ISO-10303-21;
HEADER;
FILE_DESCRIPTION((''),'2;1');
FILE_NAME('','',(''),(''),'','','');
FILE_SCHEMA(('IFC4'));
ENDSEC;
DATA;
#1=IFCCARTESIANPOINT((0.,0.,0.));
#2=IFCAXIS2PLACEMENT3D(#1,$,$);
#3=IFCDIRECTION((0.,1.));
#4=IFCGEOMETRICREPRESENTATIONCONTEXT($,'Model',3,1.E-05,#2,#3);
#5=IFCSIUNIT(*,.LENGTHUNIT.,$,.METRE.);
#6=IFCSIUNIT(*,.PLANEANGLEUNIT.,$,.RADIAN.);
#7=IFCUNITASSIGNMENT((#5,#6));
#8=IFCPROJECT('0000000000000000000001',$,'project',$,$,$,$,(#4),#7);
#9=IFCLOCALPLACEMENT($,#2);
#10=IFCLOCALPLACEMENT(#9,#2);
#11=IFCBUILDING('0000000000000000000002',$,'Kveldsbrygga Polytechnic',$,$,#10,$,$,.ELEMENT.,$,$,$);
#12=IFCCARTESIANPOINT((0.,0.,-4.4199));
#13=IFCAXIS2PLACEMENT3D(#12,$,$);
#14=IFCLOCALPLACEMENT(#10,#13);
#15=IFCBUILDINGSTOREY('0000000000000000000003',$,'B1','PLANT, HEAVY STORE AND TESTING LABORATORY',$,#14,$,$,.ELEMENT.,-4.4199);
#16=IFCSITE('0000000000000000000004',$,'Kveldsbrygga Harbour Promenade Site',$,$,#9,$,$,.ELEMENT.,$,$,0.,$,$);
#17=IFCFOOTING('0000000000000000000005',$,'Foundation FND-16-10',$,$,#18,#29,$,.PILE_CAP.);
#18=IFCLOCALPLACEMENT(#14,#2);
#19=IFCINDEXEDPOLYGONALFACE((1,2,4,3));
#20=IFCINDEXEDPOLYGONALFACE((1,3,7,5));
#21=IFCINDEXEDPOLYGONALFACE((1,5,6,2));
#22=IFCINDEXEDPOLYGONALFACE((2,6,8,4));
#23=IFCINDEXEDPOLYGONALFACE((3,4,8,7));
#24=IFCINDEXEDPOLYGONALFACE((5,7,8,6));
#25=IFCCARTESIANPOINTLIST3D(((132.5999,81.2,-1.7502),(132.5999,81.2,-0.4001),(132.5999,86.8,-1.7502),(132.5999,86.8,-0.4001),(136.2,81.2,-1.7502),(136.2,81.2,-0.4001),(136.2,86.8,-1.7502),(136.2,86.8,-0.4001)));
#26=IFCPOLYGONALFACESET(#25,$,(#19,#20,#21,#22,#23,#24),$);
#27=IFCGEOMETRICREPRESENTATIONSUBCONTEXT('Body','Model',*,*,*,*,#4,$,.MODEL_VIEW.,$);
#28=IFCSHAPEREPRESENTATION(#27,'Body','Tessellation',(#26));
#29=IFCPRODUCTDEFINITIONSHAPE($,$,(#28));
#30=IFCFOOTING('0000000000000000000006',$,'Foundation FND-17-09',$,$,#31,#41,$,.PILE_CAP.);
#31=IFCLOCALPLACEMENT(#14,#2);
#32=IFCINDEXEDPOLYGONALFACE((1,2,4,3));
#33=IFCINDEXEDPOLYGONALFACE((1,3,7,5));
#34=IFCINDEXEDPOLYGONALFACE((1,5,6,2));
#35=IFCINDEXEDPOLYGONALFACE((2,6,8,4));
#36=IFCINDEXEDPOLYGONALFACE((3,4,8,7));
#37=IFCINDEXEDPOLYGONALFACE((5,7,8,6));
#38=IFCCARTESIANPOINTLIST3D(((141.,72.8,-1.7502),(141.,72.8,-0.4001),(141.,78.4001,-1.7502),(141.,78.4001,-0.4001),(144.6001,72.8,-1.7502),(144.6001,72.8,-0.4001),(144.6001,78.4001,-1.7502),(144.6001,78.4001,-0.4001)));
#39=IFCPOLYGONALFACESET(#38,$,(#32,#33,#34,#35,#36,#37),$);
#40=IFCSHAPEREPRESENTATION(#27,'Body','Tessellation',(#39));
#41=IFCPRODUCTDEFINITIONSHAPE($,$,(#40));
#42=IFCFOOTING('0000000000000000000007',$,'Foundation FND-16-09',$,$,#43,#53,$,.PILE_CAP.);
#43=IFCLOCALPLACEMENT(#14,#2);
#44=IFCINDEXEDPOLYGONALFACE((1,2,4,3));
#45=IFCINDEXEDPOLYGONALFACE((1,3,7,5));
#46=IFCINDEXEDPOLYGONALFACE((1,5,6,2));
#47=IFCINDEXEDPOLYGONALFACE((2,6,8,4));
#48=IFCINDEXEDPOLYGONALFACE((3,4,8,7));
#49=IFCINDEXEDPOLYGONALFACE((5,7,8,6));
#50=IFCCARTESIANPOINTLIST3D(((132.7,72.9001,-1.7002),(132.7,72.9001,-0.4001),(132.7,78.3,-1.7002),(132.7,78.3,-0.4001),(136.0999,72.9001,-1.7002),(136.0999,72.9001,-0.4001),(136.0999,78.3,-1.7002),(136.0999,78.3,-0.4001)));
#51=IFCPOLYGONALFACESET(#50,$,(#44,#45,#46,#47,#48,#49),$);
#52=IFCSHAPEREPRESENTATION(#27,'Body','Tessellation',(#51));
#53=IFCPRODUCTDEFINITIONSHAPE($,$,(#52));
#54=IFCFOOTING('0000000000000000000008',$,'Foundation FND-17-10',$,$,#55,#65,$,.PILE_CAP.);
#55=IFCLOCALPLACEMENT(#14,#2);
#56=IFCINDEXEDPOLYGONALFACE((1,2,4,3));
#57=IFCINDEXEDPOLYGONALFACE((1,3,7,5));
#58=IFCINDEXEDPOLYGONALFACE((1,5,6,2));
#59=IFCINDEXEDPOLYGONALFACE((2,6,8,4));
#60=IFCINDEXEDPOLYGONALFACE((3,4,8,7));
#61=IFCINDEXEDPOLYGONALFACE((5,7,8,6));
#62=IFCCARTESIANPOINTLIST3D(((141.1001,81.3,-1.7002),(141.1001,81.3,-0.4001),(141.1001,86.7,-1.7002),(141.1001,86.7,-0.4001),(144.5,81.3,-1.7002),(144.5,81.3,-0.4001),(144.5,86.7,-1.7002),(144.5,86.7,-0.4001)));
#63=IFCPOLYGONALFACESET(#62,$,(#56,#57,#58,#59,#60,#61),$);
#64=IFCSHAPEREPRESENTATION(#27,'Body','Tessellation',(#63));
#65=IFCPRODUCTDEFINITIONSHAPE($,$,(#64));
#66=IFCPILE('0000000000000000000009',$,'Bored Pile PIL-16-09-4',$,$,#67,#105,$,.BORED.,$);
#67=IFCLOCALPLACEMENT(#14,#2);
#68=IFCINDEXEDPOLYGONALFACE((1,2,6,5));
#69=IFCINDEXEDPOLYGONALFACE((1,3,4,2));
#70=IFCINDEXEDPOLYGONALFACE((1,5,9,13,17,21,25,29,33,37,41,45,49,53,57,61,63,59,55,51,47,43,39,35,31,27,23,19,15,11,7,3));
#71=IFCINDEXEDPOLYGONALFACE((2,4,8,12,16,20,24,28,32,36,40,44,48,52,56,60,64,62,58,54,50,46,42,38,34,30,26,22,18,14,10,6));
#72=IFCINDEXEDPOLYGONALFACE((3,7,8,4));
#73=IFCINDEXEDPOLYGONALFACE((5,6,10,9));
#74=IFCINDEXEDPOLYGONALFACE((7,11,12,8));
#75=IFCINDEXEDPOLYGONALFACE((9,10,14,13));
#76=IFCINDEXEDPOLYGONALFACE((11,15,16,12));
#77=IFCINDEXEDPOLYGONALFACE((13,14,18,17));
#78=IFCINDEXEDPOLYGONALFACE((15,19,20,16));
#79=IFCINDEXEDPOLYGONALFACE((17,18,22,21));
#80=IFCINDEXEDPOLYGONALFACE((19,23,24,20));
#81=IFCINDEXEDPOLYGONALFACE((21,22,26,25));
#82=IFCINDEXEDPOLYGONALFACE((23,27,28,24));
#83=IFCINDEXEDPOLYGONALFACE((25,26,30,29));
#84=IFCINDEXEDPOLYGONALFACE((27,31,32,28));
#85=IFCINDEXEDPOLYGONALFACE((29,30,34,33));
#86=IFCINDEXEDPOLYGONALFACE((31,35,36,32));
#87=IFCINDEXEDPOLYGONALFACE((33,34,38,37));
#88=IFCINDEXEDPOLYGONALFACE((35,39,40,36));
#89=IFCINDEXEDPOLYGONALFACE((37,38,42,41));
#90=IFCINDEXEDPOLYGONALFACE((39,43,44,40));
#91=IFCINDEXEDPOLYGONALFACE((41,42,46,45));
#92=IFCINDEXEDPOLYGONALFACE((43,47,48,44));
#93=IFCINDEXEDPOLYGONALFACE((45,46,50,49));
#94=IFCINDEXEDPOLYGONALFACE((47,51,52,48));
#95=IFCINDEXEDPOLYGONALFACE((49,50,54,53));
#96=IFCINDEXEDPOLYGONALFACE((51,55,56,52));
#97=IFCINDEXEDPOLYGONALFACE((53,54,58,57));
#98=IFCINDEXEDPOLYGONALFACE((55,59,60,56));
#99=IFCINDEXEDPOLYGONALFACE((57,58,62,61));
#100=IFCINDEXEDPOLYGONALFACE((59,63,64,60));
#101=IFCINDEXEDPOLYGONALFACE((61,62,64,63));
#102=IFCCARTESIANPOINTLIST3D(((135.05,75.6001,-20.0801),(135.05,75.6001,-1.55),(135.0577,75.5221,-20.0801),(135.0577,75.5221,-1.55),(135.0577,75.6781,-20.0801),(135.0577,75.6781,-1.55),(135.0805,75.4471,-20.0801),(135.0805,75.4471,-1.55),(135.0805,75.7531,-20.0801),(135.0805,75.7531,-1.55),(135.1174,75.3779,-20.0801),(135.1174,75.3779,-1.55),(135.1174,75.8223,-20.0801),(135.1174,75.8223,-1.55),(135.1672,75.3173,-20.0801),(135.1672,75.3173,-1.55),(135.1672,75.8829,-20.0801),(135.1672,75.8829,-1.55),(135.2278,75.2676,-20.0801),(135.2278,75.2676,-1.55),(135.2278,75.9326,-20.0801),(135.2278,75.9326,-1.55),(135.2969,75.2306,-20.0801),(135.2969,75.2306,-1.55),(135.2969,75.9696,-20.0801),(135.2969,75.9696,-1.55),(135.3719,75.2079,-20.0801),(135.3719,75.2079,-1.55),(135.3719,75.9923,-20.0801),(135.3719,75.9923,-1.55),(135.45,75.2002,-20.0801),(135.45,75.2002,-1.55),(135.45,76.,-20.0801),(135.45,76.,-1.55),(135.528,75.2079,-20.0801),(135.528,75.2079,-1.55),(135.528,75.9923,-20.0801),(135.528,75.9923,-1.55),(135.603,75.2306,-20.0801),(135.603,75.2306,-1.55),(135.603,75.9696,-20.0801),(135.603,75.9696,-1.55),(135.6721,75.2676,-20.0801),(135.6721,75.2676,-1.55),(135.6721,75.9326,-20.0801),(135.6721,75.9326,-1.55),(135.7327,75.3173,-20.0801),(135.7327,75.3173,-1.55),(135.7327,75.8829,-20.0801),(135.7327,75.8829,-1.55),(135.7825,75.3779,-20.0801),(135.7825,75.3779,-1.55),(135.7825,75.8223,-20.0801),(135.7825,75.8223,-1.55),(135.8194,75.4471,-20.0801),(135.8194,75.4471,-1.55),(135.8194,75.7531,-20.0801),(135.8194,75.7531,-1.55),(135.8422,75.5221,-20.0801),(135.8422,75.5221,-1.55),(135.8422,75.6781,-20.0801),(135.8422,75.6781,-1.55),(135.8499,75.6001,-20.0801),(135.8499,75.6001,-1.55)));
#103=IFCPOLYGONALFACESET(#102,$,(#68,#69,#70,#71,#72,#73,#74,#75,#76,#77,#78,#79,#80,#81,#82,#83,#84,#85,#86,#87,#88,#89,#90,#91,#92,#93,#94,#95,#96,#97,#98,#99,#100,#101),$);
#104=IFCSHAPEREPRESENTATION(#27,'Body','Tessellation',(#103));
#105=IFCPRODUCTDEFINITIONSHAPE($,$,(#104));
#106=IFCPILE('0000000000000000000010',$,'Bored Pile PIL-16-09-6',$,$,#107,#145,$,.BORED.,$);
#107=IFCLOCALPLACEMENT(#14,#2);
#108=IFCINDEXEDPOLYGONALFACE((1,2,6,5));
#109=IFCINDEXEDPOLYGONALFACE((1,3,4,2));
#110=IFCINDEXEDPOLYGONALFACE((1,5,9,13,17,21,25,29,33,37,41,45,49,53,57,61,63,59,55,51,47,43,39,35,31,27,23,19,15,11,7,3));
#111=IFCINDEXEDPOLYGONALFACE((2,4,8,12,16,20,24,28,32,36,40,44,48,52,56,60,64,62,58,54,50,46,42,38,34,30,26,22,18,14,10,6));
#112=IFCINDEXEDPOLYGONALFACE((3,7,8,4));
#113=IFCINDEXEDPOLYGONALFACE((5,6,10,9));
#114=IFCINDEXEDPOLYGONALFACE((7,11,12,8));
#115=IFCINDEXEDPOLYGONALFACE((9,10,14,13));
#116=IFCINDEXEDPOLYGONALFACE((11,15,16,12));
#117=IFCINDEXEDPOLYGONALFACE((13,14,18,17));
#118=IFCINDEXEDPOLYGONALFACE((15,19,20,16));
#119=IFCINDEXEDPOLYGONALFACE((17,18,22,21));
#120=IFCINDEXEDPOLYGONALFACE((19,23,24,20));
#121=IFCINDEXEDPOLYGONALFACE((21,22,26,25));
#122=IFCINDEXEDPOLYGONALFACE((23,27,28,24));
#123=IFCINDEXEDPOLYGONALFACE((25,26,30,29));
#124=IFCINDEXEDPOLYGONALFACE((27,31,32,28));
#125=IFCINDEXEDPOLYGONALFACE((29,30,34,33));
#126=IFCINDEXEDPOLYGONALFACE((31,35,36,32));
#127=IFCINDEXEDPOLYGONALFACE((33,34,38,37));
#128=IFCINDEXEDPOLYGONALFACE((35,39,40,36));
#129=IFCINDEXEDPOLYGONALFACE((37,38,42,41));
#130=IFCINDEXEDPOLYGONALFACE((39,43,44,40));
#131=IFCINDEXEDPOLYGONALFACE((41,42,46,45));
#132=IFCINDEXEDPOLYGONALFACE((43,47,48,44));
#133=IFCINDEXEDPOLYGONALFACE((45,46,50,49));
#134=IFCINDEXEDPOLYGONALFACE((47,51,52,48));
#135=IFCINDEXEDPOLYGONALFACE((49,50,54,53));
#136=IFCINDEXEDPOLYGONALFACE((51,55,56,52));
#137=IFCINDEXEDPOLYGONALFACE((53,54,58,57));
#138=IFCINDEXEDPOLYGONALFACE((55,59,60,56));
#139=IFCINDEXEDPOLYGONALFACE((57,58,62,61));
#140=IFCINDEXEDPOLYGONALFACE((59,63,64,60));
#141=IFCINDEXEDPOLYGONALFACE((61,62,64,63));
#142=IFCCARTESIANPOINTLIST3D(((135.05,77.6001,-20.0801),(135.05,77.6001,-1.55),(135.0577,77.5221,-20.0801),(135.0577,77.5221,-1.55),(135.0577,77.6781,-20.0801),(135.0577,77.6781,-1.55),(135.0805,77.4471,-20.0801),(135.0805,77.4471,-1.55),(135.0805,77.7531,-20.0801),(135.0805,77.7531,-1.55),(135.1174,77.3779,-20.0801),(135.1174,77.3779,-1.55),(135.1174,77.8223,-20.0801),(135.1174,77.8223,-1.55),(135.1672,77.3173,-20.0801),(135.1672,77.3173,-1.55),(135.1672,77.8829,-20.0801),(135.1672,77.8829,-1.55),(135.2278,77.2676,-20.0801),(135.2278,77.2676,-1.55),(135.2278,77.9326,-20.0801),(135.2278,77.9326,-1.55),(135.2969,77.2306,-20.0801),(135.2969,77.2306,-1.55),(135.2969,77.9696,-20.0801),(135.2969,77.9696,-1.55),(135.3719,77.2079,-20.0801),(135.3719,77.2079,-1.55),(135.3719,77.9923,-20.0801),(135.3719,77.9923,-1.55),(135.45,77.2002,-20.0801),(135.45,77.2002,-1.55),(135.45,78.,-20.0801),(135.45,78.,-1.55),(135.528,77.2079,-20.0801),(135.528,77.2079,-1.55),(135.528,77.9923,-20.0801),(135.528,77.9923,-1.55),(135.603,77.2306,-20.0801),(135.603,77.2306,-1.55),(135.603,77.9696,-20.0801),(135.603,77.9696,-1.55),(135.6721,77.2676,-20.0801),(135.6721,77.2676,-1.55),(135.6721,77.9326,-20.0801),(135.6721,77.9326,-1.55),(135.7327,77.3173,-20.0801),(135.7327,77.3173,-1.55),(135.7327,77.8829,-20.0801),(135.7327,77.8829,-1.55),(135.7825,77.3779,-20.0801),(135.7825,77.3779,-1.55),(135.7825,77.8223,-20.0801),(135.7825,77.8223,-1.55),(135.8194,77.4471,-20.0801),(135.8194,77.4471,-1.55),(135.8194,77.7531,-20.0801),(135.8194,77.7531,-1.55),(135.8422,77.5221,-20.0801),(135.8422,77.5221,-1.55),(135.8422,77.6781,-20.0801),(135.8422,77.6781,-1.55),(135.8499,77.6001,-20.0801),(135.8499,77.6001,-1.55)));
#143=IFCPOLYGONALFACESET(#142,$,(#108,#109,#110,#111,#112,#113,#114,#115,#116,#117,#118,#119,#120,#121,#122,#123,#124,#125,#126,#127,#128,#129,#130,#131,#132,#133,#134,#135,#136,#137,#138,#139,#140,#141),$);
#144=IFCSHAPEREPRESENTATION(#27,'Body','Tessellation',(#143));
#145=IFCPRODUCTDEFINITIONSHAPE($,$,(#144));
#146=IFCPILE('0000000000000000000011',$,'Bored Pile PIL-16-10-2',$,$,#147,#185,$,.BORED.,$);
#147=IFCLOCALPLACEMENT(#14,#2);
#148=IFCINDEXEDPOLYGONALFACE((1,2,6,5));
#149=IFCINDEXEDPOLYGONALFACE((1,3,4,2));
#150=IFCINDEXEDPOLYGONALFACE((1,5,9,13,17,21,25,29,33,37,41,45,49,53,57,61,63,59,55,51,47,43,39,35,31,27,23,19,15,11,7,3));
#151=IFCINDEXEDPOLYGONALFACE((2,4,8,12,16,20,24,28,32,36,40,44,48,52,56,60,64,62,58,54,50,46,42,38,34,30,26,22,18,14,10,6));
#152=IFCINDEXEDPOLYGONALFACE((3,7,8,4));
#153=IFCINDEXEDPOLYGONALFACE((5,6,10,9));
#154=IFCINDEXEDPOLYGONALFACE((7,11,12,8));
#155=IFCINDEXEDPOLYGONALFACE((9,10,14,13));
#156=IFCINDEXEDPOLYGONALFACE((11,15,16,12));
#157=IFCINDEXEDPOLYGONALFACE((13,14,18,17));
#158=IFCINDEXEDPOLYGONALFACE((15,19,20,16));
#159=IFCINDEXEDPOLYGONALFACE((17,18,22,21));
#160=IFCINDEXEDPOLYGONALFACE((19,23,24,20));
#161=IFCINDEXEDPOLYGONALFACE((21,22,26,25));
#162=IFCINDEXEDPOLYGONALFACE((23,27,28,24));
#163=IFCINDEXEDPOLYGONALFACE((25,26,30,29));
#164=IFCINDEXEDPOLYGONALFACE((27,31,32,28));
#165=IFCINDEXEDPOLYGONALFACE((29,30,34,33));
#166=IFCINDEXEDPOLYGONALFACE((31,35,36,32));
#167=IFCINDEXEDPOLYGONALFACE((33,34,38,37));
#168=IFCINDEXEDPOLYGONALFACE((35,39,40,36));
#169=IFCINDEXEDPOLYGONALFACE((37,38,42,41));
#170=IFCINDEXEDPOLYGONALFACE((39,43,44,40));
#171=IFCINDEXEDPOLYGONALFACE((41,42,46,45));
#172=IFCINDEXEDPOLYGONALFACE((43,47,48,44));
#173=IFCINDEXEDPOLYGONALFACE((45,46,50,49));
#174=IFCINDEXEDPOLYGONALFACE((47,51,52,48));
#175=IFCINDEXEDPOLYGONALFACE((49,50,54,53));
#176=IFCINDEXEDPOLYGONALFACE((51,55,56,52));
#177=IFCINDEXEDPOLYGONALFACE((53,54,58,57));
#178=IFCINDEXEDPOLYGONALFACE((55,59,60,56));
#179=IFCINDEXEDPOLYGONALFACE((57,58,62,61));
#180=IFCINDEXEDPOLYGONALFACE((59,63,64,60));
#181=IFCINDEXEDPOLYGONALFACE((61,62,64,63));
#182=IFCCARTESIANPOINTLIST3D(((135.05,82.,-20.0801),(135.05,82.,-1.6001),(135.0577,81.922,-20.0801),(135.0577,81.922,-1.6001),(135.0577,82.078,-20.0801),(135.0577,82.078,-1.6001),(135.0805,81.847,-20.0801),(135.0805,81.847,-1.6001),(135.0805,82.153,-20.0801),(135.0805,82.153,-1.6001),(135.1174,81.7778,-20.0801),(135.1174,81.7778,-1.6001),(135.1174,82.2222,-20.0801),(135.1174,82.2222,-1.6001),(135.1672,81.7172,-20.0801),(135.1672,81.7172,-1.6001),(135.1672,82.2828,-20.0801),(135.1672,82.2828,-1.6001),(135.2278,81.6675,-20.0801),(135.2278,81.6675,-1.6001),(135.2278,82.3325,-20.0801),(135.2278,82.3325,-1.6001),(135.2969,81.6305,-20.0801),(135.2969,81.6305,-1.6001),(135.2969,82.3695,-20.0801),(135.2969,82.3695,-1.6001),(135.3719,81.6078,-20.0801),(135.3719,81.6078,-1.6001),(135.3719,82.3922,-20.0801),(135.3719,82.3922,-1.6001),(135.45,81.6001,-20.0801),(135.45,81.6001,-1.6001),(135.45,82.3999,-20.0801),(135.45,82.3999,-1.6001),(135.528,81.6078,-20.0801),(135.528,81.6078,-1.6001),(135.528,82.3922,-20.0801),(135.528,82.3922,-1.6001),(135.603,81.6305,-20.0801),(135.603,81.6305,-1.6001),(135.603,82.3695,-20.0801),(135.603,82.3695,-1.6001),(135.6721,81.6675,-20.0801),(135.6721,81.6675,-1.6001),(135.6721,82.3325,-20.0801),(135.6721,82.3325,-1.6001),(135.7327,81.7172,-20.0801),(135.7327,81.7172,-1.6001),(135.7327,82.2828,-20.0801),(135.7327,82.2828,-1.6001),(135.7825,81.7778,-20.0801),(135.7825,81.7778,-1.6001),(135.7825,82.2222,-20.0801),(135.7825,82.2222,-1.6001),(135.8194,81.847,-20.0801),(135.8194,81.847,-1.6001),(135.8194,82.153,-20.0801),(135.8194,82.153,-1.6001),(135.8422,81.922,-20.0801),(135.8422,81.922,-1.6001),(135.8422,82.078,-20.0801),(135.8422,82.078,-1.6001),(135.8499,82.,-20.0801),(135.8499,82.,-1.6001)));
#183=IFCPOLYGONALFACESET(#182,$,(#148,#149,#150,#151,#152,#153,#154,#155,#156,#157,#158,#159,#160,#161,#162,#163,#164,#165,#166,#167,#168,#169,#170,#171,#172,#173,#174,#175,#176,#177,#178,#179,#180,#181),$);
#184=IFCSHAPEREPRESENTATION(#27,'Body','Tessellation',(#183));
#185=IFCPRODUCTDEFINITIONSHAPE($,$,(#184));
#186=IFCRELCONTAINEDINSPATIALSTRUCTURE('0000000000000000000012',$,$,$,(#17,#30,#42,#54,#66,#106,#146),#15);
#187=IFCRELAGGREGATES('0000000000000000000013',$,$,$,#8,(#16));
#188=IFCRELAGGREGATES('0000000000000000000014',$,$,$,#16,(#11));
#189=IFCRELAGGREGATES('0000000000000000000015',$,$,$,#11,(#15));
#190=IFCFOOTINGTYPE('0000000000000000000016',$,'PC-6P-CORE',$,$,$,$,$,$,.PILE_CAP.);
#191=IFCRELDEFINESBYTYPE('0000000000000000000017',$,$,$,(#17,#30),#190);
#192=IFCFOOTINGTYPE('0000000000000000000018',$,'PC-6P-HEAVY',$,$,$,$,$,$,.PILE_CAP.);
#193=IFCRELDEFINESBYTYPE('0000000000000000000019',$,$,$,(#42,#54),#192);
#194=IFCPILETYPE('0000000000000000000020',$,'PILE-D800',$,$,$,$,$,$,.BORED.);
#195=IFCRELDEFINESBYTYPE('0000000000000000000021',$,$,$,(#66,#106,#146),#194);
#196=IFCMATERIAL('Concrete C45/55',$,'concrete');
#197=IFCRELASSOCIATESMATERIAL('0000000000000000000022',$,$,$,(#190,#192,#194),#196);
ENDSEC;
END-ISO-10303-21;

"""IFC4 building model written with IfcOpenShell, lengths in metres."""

from ifc_helpers import new_model, si_unit, direction, frame, origin, origin_2d, place, context, subcontext, project, spatial, rectangle, circle, extrude, material, material_profile, profile_set, type_object, element, save


model = new_model("IFC4")

# Units and contexts
model_context = context("Model", 3, precision=1e-05, world=origin(), true_north=direction((0.0, 1.0)))
body_context = subcontext(model_context, "Body", "Model", "MODEL_VIEW")
ifc_project = project(units=[si_unit("LENGTHUNIT", "METRE"), si_unit("PLANEANGLEUNIT", "RADIAN")], contexts=[model_context])

# Site, building, storey
site_placement = place(None, origin())
site = spatial("IfcSite", under=ifc_project, at=site_placement, Name="Kveldsbrygga Harbour Promenade Site", CompositionType="ELEMENT", RefElevation=0.0)
building_placement = place(site_placement, origin())
building = spatial("IfcBuilding", under=site, at=building_placement, Name="Kveldsbrygga Polytechnic", CompositionType="ELEMENT")
storey_placement = place(building_placement, frame((0.0, 0.0, -4.4199)))
storey = spatial("IfcBuildingStorey", under=building, at=storey_placement, Name="B1", Description="PLANT, HEAVY STORE AND TESTING LABORATORY", CompositionType="ELEMENT", Elevation=-4.4199)

# Footings
ifc_material_1 = material(Name="Concrete C45/55", Category="concrete")
footing_type_1 = type_object("IfcFootingType", Name="PC-6P-CORE", PredefinedType="PILE_CAP", material=ifc_material_1)
for number, where, z_axis, x_axis, name in (
    (1, (134.3999, 84.0, -1.7502), (0.0, 0.0, 1.0), (1.0, 0.0, 0.0), "Foundation FND-16-10"),
    (2, (142.8, 75.6001, -1.7502), (0.0, 0.0, 1.0), (1.0, 0.0, 0.0), "Foundation FND-17-09"),
):
    element("IfcFooting", number, at=place(storey_placement, frame(where, z_axis=z_axis, x_axis=x_axis)), inside=storey, type_object=footing_type_1, Name=name, PredefinedType="PILE_CAP", context=body_context, shape_type="SweptSolid", body=[
        extrude(rectangle(XDim=3.6001, YDim=5.6001, at=origin_2d()), origin(), (0.0, 0.0, 1.0), 1.3501),
    ])
footing_type_2 = type_object("IfcFootingType", Name="PC-6P-HEAVY", PredefinedType="PILE_CAP", material=ifc_material_1)
for number, where, z_axis, x_axis, name in (
    (3, (134.3999, 75.6001, -1.7002), (0.0, 0.0, 1.0), (1.0, 0.0, 0.0), "Foundation FND-16-09"),
    (4, (142.8, 84.0, -1.7002), (0.0, 0.0, 1.0), (1.0, 0.0, 0.0), "Foundation FND-17-10"),
):
    element("IfcFooting", number, at=place(storey_placement, frame(where, z_axis=z_axis, x_axis=x_axis)), inside=storey, type_object=footing_type_2, Name=name, PredefinedType="PILE_CAP", context=body_context, shape_type="SweptSolid", body=[
        extrude(rectangle(XDim=3.3999, YDim=5.3999, at=origin_2d()), origin(), (0.0, 0.0, 1.0), 1.3),
    ])

# Piles
ifc_material_profile_1 = material_profile(ifc_material_1, circle(Radius=0.3999, at=origin_2d()), Name="PILE D800")
ifc_profile_set_1 = profile_set([ifc_material_profile_1], Name="Concrete C45/55")
pile_type = type_object("IfcPileType", Name="PILE-D800", PredefinedType="BORED", material=ifc_profile_set_1)
for number, where, z_axis, x_axis, name in (
    (5, (135.45, 75.6001, -1.55), (0.0, 0.0, -1.0), (1.0, 0.0, 0.0), "Bored Pile PIL-16-09-4"),
    (6, (135.45, 77.6001, -1.55), (0.0, 0.0, -1.0), (1.0, 0.0, 0.0), "Bored Pile PIL-16-09-6"),
):
    element("IfcPile", number, at=place(storey_placement, frame(where, z_axis=z_axis, x_axis=x_axis)), inside=storey, type_object=pile_type, Name=name, PredefinedType="BORED", context=body_context, shape_type="SweptSolid", body=[
        extrude(circle(Radius=0.3999, at=origin_2d()), origin(), (0.0, 0.0, 1.0), 18.53),
    ])
for number, where, z_axis, x_axis, name in (
    (7, (135.45, 82.0, -1.6001), (0.0, 0.0, -1.0), (1.0, 0.0, 0.0), "Bored Pile PIL-16-10-2"),
):
    element("IfcPile", number, at=place(storey_placement, frame(where, z_axis=z_axis, x_axis=x_axis)), inside=storey, type_object=pile_type, Name=name, PredefinedType="BORED", context=body_context, shape_type="SweptSolid", body=[
        extrude(circle(Radius=0.3999, at=origin_2d()), origin(), (0.0, 0.0, 1.0), 18.48),
    ])

save(model, "model.ifc")
